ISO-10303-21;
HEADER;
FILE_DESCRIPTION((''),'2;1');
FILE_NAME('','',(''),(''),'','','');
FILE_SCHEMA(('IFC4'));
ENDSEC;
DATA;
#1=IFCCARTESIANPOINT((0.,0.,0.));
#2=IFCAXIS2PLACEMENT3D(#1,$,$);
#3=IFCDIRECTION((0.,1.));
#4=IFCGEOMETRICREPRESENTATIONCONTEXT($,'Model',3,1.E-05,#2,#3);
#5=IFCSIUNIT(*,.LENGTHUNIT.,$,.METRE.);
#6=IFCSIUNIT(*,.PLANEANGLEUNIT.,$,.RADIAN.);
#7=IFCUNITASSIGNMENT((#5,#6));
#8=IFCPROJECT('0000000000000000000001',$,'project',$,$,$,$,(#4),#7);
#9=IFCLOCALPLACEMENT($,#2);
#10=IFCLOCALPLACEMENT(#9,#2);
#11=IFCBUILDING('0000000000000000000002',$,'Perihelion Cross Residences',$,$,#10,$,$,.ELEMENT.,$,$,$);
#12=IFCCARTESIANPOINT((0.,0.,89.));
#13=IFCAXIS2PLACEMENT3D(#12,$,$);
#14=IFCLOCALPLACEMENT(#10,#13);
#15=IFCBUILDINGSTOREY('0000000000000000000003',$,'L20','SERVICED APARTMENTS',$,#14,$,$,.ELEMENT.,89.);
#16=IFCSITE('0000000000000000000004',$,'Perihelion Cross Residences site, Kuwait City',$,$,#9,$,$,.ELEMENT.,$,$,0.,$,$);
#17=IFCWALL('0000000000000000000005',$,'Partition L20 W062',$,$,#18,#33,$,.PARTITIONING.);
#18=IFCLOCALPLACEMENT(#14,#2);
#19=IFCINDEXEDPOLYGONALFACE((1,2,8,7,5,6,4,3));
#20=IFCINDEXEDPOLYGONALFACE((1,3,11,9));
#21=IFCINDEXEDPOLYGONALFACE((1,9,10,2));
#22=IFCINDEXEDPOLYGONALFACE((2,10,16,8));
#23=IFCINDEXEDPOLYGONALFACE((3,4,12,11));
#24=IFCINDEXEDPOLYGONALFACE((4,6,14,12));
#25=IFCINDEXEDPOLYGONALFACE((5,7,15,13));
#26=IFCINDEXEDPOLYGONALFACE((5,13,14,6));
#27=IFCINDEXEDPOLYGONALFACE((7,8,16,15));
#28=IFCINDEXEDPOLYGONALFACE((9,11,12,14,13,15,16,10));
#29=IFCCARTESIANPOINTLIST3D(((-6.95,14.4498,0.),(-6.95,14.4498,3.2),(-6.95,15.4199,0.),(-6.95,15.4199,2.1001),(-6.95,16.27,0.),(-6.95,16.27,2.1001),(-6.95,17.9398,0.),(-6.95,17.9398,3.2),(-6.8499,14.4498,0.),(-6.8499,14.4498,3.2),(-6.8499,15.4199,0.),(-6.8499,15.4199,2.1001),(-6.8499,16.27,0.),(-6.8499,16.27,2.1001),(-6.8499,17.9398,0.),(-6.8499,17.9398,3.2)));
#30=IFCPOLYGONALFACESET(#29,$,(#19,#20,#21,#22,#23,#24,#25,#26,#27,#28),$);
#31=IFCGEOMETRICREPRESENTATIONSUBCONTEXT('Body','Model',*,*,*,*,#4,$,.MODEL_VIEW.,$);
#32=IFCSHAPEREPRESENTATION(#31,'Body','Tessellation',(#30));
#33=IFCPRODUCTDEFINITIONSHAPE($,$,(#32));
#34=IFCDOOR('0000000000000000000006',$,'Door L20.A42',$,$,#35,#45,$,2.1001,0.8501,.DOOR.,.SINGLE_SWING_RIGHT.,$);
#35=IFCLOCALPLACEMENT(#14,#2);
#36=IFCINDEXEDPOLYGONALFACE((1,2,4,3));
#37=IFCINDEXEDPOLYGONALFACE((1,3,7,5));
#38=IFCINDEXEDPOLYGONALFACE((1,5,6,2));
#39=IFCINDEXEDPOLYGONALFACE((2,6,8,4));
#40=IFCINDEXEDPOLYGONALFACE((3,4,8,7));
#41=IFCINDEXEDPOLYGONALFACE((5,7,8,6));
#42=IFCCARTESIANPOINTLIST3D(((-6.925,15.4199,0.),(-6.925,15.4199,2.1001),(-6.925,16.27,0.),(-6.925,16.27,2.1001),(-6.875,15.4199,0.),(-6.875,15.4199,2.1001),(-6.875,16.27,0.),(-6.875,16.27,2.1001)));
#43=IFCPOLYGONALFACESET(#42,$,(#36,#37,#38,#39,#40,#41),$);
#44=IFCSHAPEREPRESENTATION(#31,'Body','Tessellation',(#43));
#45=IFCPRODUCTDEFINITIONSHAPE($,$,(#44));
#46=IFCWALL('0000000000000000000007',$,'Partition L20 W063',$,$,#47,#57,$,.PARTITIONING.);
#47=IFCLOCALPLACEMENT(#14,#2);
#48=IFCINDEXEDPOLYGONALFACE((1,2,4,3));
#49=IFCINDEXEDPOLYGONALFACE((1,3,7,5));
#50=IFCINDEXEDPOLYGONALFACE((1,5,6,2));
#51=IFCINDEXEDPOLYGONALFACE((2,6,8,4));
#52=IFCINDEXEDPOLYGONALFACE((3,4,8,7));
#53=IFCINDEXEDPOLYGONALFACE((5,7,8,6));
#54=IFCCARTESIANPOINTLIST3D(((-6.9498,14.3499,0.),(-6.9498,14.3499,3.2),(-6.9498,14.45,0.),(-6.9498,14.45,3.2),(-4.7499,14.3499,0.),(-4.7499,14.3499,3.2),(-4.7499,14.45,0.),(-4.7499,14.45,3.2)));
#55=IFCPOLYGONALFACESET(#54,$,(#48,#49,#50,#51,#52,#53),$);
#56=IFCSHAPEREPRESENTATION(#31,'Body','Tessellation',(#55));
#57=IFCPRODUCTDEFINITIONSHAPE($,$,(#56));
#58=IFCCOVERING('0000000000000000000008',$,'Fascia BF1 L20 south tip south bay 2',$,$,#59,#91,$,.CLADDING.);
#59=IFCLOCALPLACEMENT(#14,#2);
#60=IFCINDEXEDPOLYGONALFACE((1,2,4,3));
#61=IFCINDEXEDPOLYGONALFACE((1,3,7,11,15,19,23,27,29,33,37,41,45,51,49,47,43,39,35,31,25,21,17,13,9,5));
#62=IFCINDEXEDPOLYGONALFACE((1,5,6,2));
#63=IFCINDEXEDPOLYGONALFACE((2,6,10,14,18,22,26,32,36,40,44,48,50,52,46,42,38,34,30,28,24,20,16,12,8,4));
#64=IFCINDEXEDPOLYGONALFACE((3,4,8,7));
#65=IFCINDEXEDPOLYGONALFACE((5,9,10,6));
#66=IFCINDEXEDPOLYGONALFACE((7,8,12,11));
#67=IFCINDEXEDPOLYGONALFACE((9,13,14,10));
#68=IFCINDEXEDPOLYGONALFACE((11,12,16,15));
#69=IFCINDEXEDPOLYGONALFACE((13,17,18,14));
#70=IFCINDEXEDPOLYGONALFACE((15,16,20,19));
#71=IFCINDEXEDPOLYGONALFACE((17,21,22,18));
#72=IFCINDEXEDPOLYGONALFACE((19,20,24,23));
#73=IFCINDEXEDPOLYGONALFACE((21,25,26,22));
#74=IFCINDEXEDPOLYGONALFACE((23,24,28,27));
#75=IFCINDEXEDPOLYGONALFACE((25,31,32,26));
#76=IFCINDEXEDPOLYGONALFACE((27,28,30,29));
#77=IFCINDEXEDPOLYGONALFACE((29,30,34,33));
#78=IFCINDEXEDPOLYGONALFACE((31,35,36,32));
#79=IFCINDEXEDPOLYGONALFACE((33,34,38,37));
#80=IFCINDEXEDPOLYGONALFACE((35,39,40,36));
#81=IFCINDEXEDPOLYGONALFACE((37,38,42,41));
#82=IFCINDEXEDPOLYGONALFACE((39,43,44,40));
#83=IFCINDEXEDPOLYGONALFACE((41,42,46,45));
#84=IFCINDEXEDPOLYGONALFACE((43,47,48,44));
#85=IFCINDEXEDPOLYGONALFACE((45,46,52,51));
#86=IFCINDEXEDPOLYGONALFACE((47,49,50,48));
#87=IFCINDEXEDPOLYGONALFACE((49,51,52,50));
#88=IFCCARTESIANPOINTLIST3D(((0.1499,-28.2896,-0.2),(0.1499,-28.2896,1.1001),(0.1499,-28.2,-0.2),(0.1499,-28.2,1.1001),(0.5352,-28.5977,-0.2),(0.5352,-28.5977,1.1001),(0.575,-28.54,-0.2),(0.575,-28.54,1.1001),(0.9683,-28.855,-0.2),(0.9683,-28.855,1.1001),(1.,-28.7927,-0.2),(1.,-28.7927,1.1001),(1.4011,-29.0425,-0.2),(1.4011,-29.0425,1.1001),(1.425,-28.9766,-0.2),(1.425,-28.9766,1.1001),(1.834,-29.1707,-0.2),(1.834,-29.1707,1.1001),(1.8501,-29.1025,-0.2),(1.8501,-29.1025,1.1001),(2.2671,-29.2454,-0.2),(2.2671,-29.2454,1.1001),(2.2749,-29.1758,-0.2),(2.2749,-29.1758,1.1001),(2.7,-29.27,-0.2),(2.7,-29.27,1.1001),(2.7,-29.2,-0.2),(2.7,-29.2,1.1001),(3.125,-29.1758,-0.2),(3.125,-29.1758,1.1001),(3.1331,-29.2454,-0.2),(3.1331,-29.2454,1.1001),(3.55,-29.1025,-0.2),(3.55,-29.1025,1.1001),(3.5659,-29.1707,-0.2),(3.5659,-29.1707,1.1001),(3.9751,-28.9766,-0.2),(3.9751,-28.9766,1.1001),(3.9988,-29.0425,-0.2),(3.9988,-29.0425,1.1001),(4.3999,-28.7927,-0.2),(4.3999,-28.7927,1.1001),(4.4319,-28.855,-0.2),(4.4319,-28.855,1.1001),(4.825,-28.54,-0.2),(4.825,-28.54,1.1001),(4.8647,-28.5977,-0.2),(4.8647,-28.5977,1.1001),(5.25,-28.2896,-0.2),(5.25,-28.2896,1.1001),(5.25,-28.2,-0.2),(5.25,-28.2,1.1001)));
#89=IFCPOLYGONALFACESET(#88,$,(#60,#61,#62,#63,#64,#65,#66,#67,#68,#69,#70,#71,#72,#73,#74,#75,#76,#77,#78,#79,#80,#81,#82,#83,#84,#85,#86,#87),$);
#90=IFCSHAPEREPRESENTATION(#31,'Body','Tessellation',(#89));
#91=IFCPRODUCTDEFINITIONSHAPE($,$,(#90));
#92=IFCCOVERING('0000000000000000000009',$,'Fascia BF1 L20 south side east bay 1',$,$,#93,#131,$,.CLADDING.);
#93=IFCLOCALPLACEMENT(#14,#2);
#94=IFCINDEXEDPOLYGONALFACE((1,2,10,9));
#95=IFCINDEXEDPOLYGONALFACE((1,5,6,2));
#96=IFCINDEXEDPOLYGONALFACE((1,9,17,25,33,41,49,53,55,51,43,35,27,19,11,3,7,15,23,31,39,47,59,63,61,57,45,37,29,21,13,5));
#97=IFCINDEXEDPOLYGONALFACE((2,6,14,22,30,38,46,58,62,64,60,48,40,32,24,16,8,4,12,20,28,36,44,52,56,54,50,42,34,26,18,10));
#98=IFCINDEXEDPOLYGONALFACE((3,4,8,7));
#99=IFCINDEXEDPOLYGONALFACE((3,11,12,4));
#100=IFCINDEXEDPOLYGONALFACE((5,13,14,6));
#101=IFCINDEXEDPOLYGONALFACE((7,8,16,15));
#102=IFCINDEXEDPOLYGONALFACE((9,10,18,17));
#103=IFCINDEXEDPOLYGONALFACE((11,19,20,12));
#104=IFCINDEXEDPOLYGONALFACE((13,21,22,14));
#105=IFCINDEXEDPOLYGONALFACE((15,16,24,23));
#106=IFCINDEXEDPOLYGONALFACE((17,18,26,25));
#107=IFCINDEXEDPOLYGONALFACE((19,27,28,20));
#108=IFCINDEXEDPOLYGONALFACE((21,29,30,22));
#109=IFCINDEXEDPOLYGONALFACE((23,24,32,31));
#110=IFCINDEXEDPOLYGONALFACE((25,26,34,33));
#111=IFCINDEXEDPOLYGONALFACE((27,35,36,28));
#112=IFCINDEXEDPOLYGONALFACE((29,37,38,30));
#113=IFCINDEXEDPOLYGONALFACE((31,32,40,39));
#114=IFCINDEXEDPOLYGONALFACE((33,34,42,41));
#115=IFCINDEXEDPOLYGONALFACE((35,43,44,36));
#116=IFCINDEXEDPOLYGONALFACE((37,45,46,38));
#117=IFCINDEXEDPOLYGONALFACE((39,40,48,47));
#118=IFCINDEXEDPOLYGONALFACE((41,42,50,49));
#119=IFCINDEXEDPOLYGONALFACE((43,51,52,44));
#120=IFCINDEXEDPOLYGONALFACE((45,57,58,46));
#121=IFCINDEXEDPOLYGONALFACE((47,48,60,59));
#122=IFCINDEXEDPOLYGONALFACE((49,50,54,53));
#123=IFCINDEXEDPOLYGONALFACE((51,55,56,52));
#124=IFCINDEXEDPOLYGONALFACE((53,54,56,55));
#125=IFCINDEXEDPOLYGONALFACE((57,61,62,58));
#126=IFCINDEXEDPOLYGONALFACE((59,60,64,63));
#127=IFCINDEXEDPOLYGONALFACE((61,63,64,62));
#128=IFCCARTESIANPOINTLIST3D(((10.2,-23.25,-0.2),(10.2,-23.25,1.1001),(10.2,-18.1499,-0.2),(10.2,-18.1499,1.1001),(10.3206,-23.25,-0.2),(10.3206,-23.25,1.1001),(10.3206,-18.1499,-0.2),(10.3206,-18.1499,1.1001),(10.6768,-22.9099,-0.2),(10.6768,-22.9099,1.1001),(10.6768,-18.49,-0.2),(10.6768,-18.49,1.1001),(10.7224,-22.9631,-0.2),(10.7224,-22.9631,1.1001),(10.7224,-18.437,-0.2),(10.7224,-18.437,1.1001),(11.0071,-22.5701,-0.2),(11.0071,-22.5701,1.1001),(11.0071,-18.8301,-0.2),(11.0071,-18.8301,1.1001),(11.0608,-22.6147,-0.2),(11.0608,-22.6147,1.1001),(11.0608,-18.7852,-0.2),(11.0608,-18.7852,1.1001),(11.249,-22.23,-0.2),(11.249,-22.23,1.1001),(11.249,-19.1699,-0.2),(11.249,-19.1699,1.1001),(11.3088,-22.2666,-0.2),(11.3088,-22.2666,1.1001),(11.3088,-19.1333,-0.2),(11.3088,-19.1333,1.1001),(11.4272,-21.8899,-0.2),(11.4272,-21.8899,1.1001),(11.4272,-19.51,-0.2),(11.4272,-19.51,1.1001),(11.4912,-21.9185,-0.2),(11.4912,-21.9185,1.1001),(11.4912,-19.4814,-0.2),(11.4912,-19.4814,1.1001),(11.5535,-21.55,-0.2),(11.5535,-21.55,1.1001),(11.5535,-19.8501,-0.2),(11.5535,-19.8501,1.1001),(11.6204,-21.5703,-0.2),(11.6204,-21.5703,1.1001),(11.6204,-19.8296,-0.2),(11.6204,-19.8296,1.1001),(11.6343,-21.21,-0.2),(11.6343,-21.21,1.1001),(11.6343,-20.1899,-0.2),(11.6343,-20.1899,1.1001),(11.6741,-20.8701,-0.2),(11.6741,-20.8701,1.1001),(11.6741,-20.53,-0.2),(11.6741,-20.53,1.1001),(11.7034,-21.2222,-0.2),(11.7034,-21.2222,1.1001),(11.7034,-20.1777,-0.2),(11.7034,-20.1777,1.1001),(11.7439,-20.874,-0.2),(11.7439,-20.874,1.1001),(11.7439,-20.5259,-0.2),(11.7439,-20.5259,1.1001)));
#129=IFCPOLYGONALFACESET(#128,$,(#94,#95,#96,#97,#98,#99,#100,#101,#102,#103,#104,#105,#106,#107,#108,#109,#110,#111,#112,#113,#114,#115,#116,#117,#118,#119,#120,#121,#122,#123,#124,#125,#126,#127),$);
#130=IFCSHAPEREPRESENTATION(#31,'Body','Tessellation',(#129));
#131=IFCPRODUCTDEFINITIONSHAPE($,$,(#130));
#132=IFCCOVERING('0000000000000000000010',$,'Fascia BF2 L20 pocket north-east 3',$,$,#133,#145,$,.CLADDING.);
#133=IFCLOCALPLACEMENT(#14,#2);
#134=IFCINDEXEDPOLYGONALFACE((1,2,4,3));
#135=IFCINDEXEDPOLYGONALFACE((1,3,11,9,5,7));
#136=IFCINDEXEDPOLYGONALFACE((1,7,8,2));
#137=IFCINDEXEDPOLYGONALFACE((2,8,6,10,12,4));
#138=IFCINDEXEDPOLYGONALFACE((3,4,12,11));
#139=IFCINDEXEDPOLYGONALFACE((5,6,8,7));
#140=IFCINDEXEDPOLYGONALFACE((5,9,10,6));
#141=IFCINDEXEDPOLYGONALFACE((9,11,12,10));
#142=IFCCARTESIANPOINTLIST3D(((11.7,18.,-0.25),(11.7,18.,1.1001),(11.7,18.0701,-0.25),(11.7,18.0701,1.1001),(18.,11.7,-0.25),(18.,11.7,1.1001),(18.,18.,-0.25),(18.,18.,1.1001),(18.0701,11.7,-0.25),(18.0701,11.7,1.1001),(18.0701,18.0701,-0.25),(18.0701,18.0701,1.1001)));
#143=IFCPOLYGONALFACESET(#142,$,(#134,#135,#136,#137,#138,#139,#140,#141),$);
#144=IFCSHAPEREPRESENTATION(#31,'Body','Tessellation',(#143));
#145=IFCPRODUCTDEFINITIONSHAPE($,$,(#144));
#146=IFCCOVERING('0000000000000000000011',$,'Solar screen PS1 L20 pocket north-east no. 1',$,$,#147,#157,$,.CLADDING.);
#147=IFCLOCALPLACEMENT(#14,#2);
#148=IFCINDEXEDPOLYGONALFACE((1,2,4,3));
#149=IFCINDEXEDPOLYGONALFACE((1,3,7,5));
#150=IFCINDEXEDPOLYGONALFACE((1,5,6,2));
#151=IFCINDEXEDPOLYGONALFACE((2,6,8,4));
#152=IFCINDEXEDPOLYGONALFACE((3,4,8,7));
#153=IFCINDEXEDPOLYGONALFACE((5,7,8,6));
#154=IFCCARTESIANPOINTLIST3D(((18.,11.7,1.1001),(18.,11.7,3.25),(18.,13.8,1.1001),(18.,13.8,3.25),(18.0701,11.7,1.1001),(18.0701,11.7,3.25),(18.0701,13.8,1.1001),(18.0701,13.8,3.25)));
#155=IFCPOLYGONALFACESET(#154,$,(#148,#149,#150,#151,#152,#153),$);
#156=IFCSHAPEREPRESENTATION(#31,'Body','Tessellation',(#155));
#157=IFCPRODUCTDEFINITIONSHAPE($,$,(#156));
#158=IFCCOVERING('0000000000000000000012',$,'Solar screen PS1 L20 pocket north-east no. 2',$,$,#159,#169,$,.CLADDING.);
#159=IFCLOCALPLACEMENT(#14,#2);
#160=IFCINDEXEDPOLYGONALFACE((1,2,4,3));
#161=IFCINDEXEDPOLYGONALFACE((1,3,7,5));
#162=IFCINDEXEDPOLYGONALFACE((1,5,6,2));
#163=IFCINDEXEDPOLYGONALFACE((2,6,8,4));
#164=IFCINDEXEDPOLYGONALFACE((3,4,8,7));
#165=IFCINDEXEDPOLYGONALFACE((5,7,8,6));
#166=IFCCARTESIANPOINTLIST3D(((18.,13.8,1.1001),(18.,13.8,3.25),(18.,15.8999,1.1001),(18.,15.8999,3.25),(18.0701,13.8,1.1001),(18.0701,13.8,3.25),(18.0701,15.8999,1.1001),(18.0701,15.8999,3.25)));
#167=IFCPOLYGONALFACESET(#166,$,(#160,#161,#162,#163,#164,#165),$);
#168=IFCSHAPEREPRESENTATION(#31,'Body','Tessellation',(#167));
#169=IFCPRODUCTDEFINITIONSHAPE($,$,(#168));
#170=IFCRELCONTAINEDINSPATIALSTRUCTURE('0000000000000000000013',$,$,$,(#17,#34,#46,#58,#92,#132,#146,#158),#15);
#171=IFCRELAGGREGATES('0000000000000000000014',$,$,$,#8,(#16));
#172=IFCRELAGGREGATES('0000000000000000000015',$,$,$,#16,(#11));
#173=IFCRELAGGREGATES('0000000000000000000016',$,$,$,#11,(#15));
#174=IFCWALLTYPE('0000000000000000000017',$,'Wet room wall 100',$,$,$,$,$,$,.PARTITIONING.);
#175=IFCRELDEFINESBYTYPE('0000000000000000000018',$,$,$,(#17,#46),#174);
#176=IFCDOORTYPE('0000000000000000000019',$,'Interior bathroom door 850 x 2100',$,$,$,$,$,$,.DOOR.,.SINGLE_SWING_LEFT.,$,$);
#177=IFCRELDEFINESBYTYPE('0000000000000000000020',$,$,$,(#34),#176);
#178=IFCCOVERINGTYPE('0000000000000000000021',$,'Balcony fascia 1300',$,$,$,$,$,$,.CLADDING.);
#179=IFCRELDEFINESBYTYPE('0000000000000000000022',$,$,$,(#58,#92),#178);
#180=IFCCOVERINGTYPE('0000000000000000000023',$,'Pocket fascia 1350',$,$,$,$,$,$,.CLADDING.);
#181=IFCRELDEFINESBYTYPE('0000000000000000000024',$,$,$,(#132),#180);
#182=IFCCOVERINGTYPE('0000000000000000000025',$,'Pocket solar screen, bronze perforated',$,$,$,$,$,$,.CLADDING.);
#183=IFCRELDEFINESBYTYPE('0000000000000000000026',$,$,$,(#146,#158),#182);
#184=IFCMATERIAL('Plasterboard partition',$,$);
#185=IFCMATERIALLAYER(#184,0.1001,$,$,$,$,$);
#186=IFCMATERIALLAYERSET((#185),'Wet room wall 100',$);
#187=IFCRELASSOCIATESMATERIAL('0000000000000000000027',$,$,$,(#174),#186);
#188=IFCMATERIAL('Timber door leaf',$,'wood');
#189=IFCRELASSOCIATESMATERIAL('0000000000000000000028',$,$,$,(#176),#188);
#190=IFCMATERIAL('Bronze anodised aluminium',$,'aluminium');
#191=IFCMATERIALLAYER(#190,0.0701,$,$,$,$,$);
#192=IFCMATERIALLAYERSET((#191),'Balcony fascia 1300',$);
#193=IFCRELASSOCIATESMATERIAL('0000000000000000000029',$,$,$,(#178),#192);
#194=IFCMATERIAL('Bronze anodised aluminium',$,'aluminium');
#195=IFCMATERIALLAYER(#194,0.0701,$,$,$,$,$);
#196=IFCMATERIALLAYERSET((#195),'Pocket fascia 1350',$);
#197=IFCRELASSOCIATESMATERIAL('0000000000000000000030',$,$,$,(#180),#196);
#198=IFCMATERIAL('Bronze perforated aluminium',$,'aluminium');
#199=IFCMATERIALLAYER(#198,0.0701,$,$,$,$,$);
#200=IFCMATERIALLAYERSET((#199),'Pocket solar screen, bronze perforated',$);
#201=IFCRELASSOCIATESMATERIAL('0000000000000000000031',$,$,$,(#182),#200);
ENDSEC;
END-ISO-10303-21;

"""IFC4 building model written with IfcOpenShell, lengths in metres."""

from ifc_helpers import new_model, si_unit, direction, frame, frame_2d, origin, place, context, subcontext, project, spatial, polyline, rectangle, outline, extrude, material, layer, layer_set, type_object, element, fill, save


model = new_model("IFC4")

# Units and contexts
model_context = context("Model", 3, precision=1e-05, world=origin(), true_north=direction((0.0, 1.0)))
body_context = subcontext(model_context, "Body", "Model", "MODEL_VIEW")
ifc_project = project(units=[si_unit("LENGTHUNIT", "METRE"), si_unit("PLANEANGLEUNIT", "RADIAN")], contexts=[model_context])

# Site, building, storey
site_placement = place(None, origin())
site = spatial("IfcSite", under=ifc_project, at=site_placement, Name="Perihelion Cross Residences site, Kuwait City", CompositionType="ELEMENT", RefElevation=0.0)
building_placement = place(site_placement, origin())
building = spatial("IfcBuilding", under=site, at=building_placement, Name="Perihelion Cross Residences", CompositionType="ELEMENT")
storey_placement = place(building_placement, frame((0.0, 0.0, 89.0)))
storey = spatial("IfcBuildingStorey", under=building, at=storey_placement, Name="L20", Description="SERVICED APARTMENTS", CompositionType="ELEMENT", Elevation=89.0)

# Shared definitions
ifc_material_1 = material(Name="Plasterboard partition")
ifc_layer_1 = layer(ifc_material_1, 0.1001)
ifc_layer_set_1 = layer_set([ifc_layer_1], Name="Wet room wall 100")
wall_type_1 = type_object("IfcWallType", Name="Wet room wall 100", PredefinedType="PARTITIONING", material=ifc_layer_set_1)
ifc_material_2 = material(Name="Timber door leaf", Category="wood")
door_type_1 = type_object("IfcDoorType", Name="Interior bathroom door 850 x 2100", OperationType="SINGLE_SWING_LEFT", PredefinedType="DOOR", material=ifc_material_2)

# Wall, opening, door
wall_1_placement = place(storey_placement, frame((-6.8999, 17.9399, 0.0), z_axis=(0.0, 0.0, 1.0), x_axis=(0.0, -1.0, 0.0)))
wall_1 = element("IfcWall", 1, at=wall_1_placement, inside=storey, type_object=wall_type_1, Name="Partition L20 W062", PredefinedType="PARTITIONING", context=body_context, shape_type="SweptSolid", body=[
    extrude(rectangle(XDim=3.49, YDim=0.1001, at=frame_2d((1.7451, 0.0))), origin(), (0.0, 0.0, 1.0), 3.2),
])
opening_1_placement = place(wall_1_placement, frame((1.6699, 0.0, 0.0)))
opening_1 = element("IfcOpeningElement", 2, at=opening_1_placement, cuts=wall_1, PredefinedType="OPENING", context=body_context, shape_type="SweptSolid", body=[
    extrude(rectangle(XDim=0.8501, YDim=2.1001, at=frame_2d((0.425, 1.05))), frame((0.0, 0.0601, 0.0), z_axis=(0.0, -1.0, 0.0), x_axis=(1.0, 0.0, 0.0)), (0.0, 0.0, 1.0), 0.1201),
])
door_1_placement = place(opening_1_placement, origin())
door_1 = element("IfcDoor", 3, at=door_1_placement, inside=storey, type_object=door_type_1, Name="Door L20.A42", OperationType="SINGLE_SWING_RIGHT", OverallHeight=2.1001, OverallWidth=0.8501, PredefinedType="DOOR", context=body_context, shape_type="SweptSolid", body=[
    extrude(rectangle(XDim=0.8501, YDim=2.1001, at=frame_2d((0.425, 1.05))), frame((0.0, 0.0249, 0.0), z_axis=(0.0, -1.0, 0.0), x_axis=(1.0, 0.0, 0.0)), (0.0, 0.0, 1.0), 0.05),
])
fill(opening_1, door_1)

# Wall
wall_2_placement = place(storey_placement, frame((-6.95, 14.3999, 0.0), z_axis=(0.0, 0.0, 1.0), x_axis=(1.0, 0.0, 0.0)))
element("IfcWall", 4, at=wall_2_placement, inside=storey, type_object=wall_type_1, Name="Partition L20 W063", PredefinedType="PARTITIONING", context=body_context, shape_type="SweptSolid", body=[
    extrude(rectangle(XDim=2.2, YDim=0.1001, at=frame_2d((1.1001, 0.0))), origin(), (0.0, 0.0, 1.0), 3.2),
])

# Coverings
ifc_material_3 = material(Name="Bronze anodised aluminium", Category="aluminium")
ifc_layer_2 = layer(ifc_material_3, 0.0701)
ifc_layer_set_2 = layer_set([ifc_layer_2], Name="Balcony fascia 1300")
covering_type_1 = type_object("IfcCoveringType", Name="Balcony fascia 1300", PredefinedType="CLADDING", material=ifc_layer_set_2)
covering_1_placement = place(storey_placement, frame((0.0, 0.0, -0.2)))
element("IfcCovering", 5, at=covering_1_placement, inside=storey, type_object=covering_type_1, Name="Fascia BF1 L20 south tip south bay 2", PredefinedType="CLADDING", context=body_context, shape_type="SweptSolid", body=[
    extrude(outline(polyline([(0.5352, -28.5977), (0.9683, -28.855), (1.4011, -29.0425), (1.834, -29.1707), (2.2671, -29.2454), (2.7, -29.27), (3.1331, -29.2454), (3.5659, -29.1707), (3.9988, -29.0425), (4.4319, -28.855), (4.8647, -28.5977), (5.25, -28.2896), (5.25, -28.2), (4.825, -28.54), (4.3999, -28.7927), (3.9751, -28.9766), (3.55, -29.1025), (3.125, -29.1758), (2.7, -29.2), (2.2749, -29.1758), (1.8501, -29.1025), (1.425, -28.9766), (1.0, -28.7927), (0.575, -28.54), (0.1499, -28.2), (0.1499, -28.2896), (0.5352, -28.5977)])), origin(), (0.0, 0.0, 1.0), 1.3),
])
covering_2_placement = place(storey_placement, frame((0.0, 0.0, -0.2)))
element("IfcCovering", 6, at=covering_2_placement, inside=storey, type_object=covering_type_1, Name="Fascia BF1 L20 south side east bay 1", PredefinedType="CLADDING", context=body_context, shape_type="SweptSolid", body=[
    extrude(outline(polyline([(10.7224, -22.9631), (11.0608, -22.6147), (11.3088, -22.2666), (11.4912, -21.9185), (11.6204, -21.5703), (11.7034, -21.2222), (11.7439, -20.874), (11.7439, -20.5259), (11.7034, -20.1777), (11.6204, -19.8296), (11.4912, -19.4814), (11.3088, -19.1333), (11.0608, -18.7852), (10.7224, -18.437), (10.3206, -18.1499), (10.2, -18.1499), (10.6768, -18.49), (11.0071, -18.8301), (11.249, -19.1699), (11.4272, -19.51), (11.5535, -19.8501), (11.6343, -20.1899), (11.6741, -20.53), (11.6741, -20.8701), (11.6343, -21.21), (11.5535, -21.55), (11.4272, -21.8899), (11.249, -22.23), (11.0071, -22.5701), (10.6768, -22.9099), (10.2, -23.25), (10.3206, -23.25), (10.7224, -22.9631)])), origin(), (0.0, 0.0, 1.0), 1.3),
])
ifc_material_4 = material(Name="Bronze anodised aluminium", Category="aluminium")
ifc_layer_3 = layer(ifc_material_4, 0.0701)
ifc_layer_set_3 = layer_set([ifc_layer_3], Name="Pocket fascia 1350")
covering_type_2 = type_object("IfcCoveringType", Name="Pocket fascia 1350", PredefinedType="CLADDING", material=ifc_layer_set_3)
covering_3_placement = place(storey_placement, frame((0.0, 0.0, -0.25)))
element("IfcCovering", 7, at=covering_3_placement, inside=storey, type_object=covering_type_2, Name="Fascia BF2 L20 pocket north-east 3", PredefinedType="CLADDING", context=body_context, shape_type="SweptSolid", body=[
    extrude(outline(polyline([(18.0701, 18.0701), (11.7, 18.0701), (11.7, 18.0), (18.0, 18.0), (18.0, 11.7), (18.0701, 11.7), (18.0701, 18.0701)])), origin(), (0.0, 0.0, 1.0), 1.3501),
])
ifc_material_5 = material(Name="Bronze perforated aluminium", Category="aluminium")
ifc_layer_4 = layer(ifc_material_5, 0.0701)
ifc_layer_set_4 = layer_set([ifc_layer_4], Name="Pocket solar screen, bronze perforated")
covering_type_3 = type_object("IfcCoveringType", Name="Pocket solar screen, bronze perforated", PredefinedType="CLADDING", material=ifc_layer_set_4)
covering_4_placement = place(storey_placement, frame((0.0, 0.0, 1.1001)))
element("IfcCovering", 8, at=covering_4_placement, inside=storey, type_object=covering_type_3, Name="Solar screen PS1 L20 pocket north-east no. 1", PredefinedType="CLADDING", context=body_context, shape_type="SweptSolid", body=[
    extrude(outline(polyline([(18.0701, 11.7), (18.0701, 13.8), (18.0, 13.8), (18.0, 11.7), (18.0701, 11.7)])), origin(), (0.0, 0.0, 1.0), 2.1499),
])
covering_5_placement = place(storey_placement, frame((0.0, 0.0, 1.1001)))
element("IfcCovering", 9, at=covering_5_placement, inside=storey, type_object=covering_type_3, Name="Solar screen PS1 L20 pocket north-east no. 2", PredefinedType="CLADDING", context=body_context, shape_type="SweptSolid", body=[
    extrude(outline(polyline([(18.0701, 13.8), (18.0701, 15.8999), (18.0, 15.8999), (18.0, 13.8), (18.0701, 13.8)])), origin(), (0.0, 0.0, 1.0), 2.1499),
])

save(model, "model.ifc")
